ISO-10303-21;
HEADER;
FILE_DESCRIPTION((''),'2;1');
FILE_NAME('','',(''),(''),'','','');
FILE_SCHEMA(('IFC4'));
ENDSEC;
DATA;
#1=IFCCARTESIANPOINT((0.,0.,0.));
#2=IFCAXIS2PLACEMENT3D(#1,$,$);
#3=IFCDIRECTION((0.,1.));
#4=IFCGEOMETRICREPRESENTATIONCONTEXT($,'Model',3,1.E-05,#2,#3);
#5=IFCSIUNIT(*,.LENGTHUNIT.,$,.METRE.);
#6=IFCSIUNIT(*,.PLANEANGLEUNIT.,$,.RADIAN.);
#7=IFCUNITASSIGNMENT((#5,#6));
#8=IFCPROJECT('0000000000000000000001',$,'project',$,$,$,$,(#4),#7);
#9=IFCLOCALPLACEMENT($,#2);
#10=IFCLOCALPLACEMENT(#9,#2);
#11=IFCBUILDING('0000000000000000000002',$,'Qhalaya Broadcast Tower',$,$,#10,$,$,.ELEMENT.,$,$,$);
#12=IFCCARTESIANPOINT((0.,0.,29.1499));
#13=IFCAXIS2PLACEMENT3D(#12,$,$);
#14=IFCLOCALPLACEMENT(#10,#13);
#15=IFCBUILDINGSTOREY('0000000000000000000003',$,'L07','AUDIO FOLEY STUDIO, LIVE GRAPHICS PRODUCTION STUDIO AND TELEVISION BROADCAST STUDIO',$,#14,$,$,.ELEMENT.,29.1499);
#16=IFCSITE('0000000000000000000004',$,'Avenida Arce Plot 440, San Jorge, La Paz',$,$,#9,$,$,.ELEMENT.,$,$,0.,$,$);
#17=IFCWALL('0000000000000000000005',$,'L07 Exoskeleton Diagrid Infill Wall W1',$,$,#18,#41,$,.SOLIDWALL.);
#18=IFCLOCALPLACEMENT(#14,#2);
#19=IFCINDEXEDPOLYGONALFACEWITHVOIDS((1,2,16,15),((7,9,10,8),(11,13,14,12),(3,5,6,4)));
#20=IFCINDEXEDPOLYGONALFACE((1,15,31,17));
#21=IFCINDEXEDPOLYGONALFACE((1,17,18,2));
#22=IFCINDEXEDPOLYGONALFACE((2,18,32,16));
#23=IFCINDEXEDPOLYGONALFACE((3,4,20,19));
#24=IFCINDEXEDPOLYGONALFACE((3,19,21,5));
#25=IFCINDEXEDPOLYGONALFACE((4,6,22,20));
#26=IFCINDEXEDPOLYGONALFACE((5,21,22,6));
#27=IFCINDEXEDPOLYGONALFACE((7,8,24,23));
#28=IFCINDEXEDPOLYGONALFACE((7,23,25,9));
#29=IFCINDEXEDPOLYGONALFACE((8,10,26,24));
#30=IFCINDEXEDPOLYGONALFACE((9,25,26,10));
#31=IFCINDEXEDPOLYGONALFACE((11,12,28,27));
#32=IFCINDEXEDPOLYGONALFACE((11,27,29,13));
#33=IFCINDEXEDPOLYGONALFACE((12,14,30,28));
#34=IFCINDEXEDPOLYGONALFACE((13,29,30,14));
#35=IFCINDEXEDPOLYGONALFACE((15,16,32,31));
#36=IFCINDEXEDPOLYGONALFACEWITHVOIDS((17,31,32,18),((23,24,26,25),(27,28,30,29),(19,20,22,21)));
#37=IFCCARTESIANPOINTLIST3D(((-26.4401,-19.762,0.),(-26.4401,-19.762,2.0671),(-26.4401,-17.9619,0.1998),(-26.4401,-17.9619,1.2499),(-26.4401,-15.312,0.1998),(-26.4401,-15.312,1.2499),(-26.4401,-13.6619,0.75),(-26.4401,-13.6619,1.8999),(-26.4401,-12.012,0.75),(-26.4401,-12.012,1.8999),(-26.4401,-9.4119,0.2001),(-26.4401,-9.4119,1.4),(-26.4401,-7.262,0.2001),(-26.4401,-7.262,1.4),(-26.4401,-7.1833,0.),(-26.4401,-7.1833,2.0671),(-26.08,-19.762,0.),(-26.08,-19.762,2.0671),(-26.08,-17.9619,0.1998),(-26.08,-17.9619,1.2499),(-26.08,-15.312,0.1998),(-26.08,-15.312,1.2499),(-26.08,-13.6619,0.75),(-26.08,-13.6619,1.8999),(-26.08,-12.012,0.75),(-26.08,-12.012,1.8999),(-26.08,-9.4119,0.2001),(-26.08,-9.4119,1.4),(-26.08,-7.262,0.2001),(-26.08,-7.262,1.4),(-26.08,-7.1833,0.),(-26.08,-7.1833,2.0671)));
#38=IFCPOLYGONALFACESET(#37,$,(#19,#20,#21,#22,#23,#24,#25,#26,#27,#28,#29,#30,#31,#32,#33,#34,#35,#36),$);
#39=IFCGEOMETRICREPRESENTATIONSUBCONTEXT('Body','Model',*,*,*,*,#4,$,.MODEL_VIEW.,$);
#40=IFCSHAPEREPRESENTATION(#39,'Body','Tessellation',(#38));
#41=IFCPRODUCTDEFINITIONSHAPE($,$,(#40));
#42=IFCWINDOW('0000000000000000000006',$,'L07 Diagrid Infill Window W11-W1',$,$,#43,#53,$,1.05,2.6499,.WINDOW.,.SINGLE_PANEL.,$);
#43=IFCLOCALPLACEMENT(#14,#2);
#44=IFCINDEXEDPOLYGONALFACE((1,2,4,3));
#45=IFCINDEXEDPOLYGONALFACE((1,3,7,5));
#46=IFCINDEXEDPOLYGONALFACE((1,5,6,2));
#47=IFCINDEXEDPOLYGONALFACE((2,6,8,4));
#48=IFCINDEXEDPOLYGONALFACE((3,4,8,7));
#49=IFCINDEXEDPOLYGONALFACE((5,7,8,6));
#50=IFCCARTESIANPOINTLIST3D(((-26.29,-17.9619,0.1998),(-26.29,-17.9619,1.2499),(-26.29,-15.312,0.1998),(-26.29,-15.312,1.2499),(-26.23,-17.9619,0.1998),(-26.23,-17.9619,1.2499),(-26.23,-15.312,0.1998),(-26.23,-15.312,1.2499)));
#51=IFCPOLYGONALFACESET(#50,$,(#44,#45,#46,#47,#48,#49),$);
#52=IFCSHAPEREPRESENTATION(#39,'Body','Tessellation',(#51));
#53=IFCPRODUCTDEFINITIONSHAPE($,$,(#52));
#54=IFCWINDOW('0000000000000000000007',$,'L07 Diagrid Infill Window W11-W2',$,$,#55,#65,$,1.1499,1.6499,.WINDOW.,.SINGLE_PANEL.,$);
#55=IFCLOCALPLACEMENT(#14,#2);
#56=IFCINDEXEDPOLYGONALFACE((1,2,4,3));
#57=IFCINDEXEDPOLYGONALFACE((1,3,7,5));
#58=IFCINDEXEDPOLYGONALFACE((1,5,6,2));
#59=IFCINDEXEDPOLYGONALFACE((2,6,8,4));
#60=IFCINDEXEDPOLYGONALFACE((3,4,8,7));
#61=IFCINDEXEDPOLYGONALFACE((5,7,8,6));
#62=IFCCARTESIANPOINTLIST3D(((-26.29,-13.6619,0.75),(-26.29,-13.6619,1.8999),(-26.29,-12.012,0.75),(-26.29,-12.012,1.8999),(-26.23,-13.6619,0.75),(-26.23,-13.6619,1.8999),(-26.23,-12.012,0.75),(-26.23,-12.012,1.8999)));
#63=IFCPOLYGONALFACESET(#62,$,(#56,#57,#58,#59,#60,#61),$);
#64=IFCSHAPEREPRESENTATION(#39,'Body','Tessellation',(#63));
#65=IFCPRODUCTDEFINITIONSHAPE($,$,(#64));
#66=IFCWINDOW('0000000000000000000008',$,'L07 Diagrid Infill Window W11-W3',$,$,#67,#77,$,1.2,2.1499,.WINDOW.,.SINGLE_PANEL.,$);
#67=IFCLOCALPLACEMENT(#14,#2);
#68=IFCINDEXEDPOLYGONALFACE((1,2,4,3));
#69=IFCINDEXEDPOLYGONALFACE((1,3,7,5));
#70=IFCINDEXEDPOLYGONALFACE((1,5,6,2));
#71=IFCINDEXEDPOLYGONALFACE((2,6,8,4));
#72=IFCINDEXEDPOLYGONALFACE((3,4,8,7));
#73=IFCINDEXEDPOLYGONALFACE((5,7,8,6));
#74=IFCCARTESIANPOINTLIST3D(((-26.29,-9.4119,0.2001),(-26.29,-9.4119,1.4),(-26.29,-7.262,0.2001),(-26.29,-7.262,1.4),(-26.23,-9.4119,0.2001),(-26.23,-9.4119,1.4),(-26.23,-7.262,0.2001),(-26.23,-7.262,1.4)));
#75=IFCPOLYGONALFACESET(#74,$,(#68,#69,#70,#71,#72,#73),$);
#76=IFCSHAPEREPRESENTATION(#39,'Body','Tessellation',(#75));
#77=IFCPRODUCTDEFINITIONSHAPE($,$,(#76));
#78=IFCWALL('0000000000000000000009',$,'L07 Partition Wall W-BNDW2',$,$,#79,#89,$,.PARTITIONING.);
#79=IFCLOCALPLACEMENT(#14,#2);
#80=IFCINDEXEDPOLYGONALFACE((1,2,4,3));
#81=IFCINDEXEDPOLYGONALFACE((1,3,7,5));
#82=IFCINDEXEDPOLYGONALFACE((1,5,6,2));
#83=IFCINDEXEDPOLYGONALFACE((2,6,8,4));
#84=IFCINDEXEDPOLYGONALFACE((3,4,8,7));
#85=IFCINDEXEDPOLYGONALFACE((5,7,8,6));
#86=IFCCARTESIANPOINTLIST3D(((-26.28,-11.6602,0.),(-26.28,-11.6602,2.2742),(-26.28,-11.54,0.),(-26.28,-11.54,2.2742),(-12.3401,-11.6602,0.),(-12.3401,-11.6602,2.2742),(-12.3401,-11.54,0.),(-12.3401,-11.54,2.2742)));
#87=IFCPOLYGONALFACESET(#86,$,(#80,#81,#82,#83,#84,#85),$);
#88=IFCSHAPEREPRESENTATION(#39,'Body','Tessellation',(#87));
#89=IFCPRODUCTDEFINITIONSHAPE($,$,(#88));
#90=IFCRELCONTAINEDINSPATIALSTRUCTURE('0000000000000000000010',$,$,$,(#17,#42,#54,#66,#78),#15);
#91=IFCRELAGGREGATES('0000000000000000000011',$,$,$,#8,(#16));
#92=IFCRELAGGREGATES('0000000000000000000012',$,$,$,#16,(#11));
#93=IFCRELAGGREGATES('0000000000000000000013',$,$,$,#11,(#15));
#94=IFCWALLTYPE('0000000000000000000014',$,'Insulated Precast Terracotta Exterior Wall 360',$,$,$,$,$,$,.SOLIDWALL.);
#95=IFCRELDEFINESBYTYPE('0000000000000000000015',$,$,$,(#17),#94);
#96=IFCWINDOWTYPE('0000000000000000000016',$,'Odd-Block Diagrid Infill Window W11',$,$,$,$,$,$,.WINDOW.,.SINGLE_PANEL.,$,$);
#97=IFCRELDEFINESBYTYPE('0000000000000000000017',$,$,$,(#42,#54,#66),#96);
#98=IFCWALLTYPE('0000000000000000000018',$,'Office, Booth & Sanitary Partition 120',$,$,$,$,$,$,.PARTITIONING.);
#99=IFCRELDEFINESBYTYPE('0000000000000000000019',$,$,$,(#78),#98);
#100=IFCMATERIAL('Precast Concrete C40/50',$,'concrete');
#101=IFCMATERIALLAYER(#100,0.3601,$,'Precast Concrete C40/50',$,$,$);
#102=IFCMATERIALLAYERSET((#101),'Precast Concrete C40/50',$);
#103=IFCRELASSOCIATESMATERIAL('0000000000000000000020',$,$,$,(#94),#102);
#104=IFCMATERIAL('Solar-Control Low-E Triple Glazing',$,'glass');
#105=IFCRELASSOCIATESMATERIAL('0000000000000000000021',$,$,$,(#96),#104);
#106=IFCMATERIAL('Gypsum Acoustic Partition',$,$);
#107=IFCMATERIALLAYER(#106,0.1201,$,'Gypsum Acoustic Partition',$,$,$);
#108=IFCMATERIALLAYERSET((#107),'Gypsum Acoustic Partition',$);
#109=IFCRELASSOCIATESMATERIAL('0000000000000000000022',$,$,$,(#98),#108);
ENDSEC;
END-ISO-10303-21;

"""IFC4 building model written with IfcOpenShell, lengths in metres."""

from ifc_helpers import new_model, si_unit, direction, frame, frame_2d, origin, place, context, subcontext, project, spatial, rectangle, extrude, material, layer, layer_set, type_object, element, fill, save


model = new_model("IFC4")

# Units and contexts
model_context = context("Model", 3, precision=1e-05, world=origin(), true_north=direction((0.0, 1.0)))
body_context = subcontext(model_context, "Body", "Model", "MODEL_VIEW")
ifc_project = project(units=[si_unit("LENGTHUNIT", "METRE"), si_unit("PLANEANGLEUNIT", "RADIAN")], contexts=[model_context])

# Site, building, storey
site_placement = place(None, origin())
site = spatial("IfcSite", under=ifc_project, at=site_placement, Name="Avenida Arce Plot 440, San Jorge, La Paz", CompositionType="ELEMENT", RefElevation=0.0)
building_placement = place(site_placement, origin())
building = spatial("IfcBuilding", under=site, at=building_placement, Name="Qhalaya Broadcast Tower", CompositionType="ELEMENT")
storey_placement = place(building_placement, frame((0.0, 0.0, 29.1499)))
storey = spatial("IfcBuildingStorey", under=building, at=storey_placement, Name="L07", Description="AUDIO FOLEY STUDIO, LIVE GRAPHICS PRODUCTION STUDIO AND TELEVISION BROADCAST STUDIO", CompositionType="ELEMENT", Elevation=29.1499)

# Wall, openings, windows
ifc_material_1 = material(Name="Precast Concrete C40/50", Category="concrete")
ifc_layer_1 = layer(ifc_material_1, 0.3601, Name="Precast Concrete C40/50")
ifc_layer_set_1 = layer_set([ifc_layer_1], Name="Precast Concrete C40/50")
wall_type_1 = type_object("IfcWallType", Name="Insulated Precast Terracotta Exterior Wall 360", PredefinedType="SOLIDWALL", material=ifc_layer_set_1)
wall_1_placement = place(storey_placement, frame((-26.26, -19.762, 0.0), z_axis=(0.0, 0.0, 1.0), x_axis=(0.0, 1.0, 0.0)))
wall_1 = element("IfcWall", 1, at=wall_1_placement, inside=storey, type_object=wall_type_1, Name="L07 Exoskeleton Diagrid Infill Wall W1", PredefinedType="SOLIDWALL", context=body_context, shape_type="SweptSolid", body=[
    extrude(rectangle(XDim=12.5786, YDim=0.3601, at=frame_2d((6.2893, 0.0))), origin(), (0.0, 0.0, 1.0), 2.0671),
])
opening_1_placement = place(wall_1_placement, frame((1.8, 0.0, 0.2)))
opening_1 = element("IfcOpeningElement", 2, at=opening_1_placement, cuts=wall_1, PredefinedType="OPENING", context=body_context, shape_type="SweptSolid", body=[
    extrude(rectangle(XDim=2.6499, YDim=1.05, at=frame_2d((1.325, 0.5249))), frame((0.0, 0.1921, 0.0), z_axis=(0.0, -1.0, 0.0), x_axis=(1.0, 0.0, 0.0)), (0.0, 0.0, 1.0), 0.384),
])
opening_2_placement = place(wall_1_placement, frame((6.1001, 0.0, 0.75)))
opening_2 = element("IfcOpeningElement", 3, at=opening_2_placement, cuts=wall_1, PredefinedType="OPENING", context=body_context, shape_type="SweptSolid", body=[
    extrude(rectangle(XDim=1.6499, YDim=1.1499, at=frame_2d((0.825, 0.575))), frame((0.0, 0.1921, 0.0), z_axis=(0.0, -1.0, 0.0), x_axis=(1.0, 0.0, 0.0)), (0.0, 0.0, 1.0), 0.384),
])
opening_3_placement = place(wall_1_placement, frame((10.3501, 0.0, 0.2)))
opening_3 = element("IfcOpeningElement", 4, at=opening_3_placement, cuts=wall_1, PredefinedType="OPENING", context=body_context, shape_type="SweptSolid", body=[
    extrude(rectangle(XDim=2.1499, YDim=1.2, at=frame_2d((1.075, 0.6001))), frame((0.0, 0.1921, 0.0), z_axis=(0.0, -1.0, 0.0), x_axis=(1.0, 0.0, 0.0)), (0.0, 0.0, 1.0), 0.384),
])
ifc_material_2 = material(Name="Solar-Control Low-E Triple Glazing", Category="glass")
window_type = type_object("IfcWindowType", Name="Odd-Block Diagrid Infill Window W11", PartitioningType="SINGLE_PANEL", PredefinedType="WINDOW", material=ifc_material_2)
window_1_placement = place(opening_1_placement, origin())
window_1 = element("IfcWindow", 5, at=window_1_placement, inside=storey, type_object=window_type, Name="L07 Diagrid Infill Window W11-W1", OverallHeight=1.05, OverallWidth=2.6499, PartitioningType="SINGLE_PANEL", PredefinedType="WINDOW", context=body_context, shape_type="SweptSolid", body=[
    extrude(rectangle(XDim=2.6499, YDim=1.05, at=frame_2d((1.325, 0.5249))), frame((0.0, 0.03, 0.0), z_axis=(0.0, -1.0, 0.0), x_axis=(1.0, 0.0, 0.0)), (0.0, 0.0, 1.0), 0.0601),
])
fill(opening_1, window_1)
window_2_placement = place(opening_2_placement, origin())
window_2 = element("IfcWindow", 6, at=window_2_placement, inside=storey, type_object=window_type, Name="L07 Diagrid Infill Window W11-W2", OverallHeight=1.1499, OverallWidth=1.6499, PartitioningType="SINGLE_PANEL", PredefinedType="WINDOW", context=body_context, shape_type="SweptSolid", body=[
    extrude(rectangle(XDim=1.6499, YDim=1.1499, at=frame_2d((0.825, 0.575))), frame((0.0, 0.03, 0.0), z_axis=(0.0, -1.0, 0.0), x_axis=(1.0, 0.0, 0.0)), (0.0, 0.0, 1.0), 0.0601),
])
fill(opening_2, window_2)
window_3_placement = place(opening_3_placement, origin())
window_3 = element("IfcWindow", 7, at=window_3_placement, inside=storey, type_object=window_type, Name="L07 Diagrid Infill Window W11-W3", OverallHeight=1.2, OverallWidth=2.1499, PartitioningType="SINGLE_PANEL", PredefinedType="WINDOW", context=body_context, shape_type="SweptSolid", body=[
    extrude(rectangle(XDim=2.1499, YDim=1.2, at=frame_2d((1.075, 0.6001))), frame((0.0, 0.03, 0.0), z_axis=(0.0, -1.0, 0.0), x_axis=(1.0, 0.0, 0.0)), (0.0, 0.0, 1.0), 0.0601),
])
fill(opening_3, window_3)

# Wall
ifc_material_3 = material(Name="Gypsum Acoustic Partition")
ifc_layer_2 = layer(ifc_material_3, 0.1201, Name="Gypsum Acoustic Partition")
ifc_layer_set_2 = layer_set([ifc_layer_2], Name="Gypsum Acoustic Partition")
wall_type_2 = type_object("IfcWallType", Name="Office, Booth & Sanitary Partition 120", PredefinedType="PARTITIONING", material=ifc_layer_set_2)
wall_2_placement = place(storey_placement, frame((-26.28, -11.6001, 0.0), z_axis=(0.0, 0.0, 1.0), x_axis=(1.0, 0.0, 0.0)))
element("IfcWall", 8, at=wall_2_placement, inside=storey, type_object=wall_type_2, Name="L07 Partition Wall W-BNDW2", PredefinedType="PARTITIONING", context=body_context, shape_type="SweptSolid", body=[
    extrude(rectangle(XDim=13.9399, YDim=0.1201, at=frame_2d((6.97, 0.0))), origin(), (0.0, 0.0, 1.0), 2.2742),
])

save(model, "model.ifc")
